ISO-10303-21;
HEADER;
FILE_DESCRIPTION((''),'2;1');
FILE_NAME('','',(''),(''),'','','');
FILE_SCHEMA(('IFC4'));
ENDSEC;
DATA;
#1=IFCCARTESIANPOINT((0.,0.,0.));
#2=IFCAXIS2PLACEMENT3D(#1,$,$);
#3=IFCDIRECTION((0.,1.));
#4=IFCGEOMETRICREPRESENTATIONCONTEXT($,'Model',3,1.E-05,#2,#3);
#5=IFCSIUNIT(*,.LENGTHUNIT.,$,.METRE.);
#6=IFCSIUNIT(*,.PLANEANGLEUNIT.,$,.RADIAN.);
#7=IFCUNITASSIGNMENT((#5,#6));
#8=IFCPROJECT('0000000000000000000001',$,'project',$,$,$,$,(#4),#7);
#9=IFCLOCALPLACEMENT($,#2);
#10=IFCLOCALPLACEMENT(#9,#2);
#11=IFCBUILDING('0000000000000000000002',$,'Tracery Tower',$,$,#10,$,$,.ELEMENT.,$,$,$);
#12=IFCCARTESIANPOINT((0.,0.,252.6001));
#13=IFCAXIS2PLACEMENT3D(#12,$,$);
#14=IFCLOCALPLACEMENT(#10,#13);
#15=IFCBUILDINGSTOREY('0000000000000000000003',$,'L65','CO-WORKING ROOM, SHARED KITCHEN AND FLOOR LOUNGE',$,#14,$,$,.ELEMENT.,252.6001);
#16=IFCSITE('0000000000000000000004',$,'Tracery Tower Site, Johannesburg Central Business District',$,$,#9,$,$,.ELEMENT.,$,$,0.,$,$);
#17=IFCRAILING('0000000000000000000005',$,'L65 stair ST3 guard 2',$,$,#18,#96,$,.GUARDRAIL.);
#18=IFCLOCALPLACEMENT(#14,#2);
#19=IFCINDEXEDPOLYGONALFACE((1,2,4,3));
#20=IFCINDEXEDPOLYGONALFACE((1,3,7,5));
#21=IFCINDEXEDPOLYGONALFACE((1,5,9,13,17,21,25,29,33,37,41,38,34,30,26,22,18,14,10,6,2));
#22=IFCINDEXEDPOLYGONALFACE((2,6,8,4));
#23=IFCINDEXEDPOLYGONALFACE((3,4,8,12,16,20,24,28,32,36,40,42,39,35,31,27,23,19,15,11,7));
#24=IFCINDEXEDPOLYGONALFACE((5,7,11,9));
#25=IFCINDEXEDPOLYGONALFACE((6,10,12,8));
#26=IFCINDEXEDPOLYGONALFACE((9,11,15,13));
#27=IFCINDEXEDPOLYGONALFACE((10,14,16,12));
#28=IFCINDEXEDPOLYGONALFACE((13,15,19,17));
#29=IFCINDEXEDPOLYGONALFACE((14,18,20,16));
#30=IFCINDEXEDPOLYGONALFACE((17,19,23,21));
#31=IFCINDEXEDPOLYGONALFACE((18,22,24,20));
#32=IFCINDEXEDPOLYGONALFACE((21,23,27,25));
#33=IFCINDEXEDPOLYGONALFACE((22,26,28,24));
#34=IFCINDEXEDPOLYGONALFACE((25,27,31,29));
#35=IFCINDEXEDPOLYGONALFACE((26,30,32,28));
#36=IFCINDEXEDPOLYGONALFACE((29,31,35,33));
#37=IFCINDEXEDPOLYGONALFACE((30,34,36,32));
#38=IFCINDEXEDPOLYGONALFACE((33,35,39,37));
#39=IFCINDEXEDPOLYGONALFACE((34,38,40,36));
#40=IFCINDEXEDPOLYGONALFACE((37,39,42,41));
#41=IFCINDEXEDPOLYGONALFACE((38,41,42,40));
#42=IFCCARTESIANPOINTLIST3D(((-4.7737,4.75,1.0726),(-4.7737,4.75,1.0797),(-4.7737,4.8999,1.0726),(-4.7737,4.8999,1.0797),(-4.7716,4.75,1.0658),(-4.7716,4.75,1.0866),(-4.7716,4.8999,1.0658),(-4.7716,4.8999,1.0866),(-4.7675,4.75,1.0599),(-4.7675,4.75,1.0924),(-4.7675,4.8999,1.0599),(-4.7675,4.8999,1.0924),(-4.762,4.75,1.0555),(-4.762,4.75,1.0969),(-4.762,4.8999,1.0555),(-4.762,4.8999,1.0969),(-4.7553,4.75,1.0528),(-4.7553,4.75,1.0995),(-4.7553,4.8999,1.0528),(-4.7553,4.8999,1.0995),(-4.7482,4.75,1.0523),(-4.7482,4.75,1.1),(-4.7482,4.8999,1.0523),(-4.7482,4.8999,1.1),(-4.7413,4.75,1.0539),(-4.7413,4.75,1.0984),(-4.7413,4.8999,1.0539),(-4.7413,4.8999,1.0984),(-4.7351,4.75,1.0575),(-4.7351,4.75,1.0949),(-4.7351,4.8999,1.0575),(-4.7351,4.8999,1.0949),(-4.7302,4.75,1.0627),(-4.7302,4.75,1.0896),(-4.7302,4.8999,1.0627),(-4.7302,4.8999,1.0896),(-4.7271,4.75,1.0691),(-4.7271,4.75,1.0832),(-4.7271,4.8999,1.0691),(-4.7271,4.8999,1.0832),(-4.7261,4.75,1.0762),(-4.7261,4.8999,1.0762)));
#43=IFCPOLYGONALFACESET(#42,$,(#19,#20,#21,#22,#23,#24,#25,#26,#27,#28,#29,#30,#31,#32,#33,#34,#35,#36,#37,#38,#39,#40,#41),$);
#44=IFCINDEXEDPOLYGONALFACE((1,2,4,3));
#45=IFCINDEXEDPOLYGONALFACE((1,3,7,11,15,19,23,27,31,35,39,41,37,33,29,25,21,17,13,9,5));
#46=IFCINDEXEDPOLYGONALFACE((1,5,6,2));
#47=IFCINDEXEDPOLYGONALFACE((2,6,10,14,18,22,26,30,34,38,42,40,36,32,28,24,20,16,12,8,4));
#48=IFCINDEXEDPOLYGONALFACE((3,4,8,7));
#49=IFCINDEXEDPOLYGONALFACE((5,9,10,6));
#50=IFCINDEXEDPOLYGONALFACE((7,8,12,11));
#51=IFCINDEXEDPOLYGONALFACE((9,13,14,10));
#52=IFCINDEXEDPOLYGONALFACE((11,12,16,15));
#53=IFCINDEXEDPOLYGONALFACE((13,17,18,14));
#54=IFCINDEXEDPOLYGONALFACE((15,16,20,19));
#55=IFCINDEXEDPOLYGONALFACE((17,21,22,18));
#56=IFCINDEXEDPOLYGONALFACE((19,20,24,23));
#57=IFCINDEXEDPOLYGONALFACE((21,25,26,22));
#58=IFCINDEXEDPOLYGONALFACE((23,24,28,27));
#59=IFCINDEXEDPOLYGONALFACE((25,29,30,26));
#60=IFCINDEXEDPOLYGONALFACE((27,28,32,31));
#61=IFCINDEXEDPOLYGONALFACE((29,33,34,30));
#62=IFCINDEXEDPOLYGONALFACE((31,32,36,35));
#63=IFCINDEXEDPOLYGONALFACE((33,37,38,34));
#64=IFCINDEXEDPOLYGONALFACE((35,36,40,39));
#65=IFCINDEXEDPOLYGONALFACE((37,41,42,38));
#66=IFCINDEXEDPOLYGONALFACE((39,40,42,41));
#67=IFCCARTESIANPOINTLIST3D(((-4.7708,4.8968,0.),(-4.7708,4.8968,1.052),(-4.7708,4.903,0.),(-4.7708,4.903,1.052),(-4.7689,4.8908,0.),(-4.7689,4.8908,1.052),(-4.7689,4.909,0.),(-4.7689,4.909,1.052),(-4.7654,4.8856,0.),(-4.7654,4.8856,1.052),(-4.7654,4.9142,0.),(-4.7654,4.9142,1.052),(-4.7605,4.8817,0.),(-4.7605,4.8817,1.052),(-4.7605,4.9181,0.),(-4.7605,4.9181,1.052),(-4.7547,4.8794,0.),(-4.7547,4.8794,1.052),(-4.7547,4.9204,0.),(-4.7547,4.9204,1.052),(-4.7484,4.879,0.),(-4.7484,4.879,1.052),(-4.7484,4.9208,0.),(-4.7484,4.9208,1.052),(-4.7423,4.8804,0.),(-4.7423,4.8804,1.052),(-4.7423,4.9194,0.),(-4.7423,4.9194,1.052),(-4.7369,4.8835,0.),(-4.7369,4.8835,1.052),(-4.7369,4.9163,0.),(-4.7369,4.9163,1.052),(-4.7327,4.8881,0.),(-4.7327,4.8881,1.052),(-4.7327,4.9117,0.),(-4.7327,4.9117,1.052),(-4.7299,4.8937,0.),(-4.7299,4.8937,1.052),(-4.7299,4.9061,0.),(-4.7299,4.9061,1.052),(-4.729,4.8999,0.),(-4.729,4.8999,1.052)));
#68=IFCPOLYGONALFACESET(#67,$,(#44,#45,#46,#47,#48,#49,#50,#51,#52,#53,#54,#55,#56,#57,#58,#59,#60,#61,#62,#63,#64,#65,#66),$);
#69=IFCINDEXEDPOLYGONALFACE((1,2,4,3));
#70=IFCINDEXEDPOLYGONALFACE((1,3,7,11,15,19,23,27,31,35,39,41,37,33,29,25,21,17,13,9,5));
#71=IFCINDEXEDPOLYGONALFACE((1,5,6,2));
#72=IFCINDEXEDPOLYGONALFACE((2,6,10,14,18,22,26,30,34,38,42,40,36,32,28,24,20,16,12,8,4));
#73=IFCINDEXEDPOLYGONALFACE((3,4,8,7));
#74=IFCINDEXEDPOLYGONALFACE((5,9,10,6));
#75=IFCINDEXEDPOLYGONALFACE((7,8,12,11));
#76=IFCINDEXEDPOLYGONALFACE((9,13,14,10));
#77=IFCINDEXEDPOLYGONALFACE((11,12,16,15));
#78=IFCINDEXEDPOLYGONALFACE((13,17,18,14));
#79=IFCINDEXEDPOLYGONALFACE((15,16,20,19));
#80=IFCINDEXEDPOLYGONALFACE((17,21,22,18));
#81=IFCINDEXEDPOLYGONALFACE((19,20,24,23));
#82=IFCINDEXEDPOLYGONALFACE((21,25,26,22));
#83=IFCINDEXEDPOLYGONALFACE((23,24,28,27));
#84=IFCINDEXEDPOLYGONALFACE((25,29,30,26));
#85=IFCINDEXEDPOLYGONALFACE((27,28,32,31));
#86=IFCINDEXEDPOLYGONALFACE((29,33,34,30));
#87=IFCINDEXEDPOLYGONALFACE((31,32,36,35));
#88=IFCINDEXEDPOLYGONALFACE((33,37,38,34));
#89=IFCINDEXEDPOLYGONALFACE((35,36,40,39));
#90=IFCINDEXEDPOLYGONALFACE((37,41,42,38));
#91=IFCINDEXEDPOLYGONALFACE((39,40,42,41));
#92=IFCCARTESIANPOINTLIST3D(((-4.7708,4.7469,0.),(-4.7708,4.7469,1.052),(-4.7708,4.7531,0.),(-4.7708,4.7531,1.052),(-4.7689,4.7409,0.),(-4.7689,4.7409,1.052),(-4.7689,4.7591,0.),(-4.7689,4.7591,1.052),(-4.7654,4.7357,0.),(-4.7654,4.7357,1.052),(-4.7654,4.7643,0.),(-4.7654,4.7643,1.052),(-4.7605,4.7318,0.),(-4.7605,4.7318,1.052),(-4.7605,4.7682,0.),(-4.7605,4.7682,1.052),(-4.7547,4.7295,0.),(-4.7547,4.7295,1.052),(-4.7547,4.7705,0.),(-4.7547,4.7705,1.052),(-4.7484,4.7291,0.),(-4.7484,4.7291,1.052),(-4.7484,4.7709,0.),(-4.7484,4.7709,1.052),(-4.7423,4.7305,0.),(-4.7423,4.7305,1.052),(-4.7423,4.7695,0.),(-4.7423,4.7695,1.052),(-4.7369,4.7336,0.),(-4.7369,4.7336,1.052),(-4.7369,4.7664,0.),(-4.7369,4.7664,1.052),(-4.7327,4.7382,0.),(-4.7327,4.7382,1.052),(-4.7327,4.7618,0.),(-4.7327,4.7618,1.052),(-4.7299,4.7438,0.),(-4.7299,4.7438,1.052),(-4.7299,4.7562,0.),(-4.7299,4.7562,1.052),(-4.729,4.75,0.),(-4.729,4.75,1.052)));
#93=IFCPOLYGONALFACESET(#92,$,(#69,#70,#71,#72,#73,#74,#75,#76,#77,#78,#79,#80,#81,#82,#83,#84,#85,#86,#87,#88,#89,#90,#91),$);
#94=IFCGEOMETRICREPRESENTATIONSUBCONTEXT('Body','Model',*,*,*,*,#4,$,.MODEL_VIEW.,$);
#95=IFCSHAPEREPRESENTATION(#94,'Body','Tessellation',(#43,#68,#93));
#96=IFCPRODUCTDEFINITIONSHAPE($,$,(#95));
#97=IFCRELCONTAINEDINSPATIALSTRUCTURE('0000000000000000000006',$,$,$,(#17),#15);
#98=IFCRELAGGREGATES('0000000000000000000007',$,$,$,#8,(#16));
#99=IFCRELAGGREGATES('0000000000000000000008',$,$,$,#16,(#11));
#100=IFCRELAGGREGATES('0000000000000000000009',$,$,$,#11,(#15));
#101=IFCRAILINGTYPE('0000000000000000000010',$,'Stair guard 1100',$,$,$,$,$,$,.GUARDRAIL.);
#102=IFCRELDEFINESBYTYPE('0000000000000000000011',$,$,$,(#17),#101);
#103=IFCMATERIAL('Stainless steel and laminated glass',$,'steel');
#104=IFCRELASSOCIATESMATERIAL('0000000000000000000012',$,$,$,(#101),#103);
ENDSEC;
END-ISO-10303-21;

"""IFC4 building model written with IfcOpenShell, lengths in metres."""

from ifc_helpers import new_model, si_unit, direction, frame, origin, origin_2d, place, context, subcontext, project, spatial, circle, extrude, material, type_object, element, save


model = new_model("IFC4")

# Units and contexts
model_context = context("Model", 3, precision=1e-05, world=origin(), true_north=direction((0.0, 1.0)))
body_context = subcontext(model_context, "Body", "Model", "MODEL_VIEW")
ifc_project = project(units=[si_unit("LENGTHUNIT", "METRE"), si_unit("PLANEANGLEUNIT", "RADIAN")], contexts=[model_context])

# Site, building, storey
site_placement = place(None, origin())
site = spatial("IfcSite", under=ifc_project, at=site_placement, Name="Tracery Tower Site, Johannesburg Central Business District", CompositionType="ELEMENT", RefElevation=0.0)
building_placement = place(site_placement, origin())
building = spatial("IfcBuilding", under=site, at=building_placement, Name="Tracery Tower", CompositionType="ELEMENT")
storey_placement = place(building_placement, frame((0.0, 0.0, 252.6001)))
storey = spatial("IfcBuildingStorey", under=building, at=storey_placement, Name="L65", Description="CO-WORKING ROOM, SHARED KITCHEN AND FLOOR LOUNGE", CompositionType="ELEMENT", Elevation=252.6001)

# Railing
ifc_material_1 = material(Name="Stainless steel and laminated glass", Category="steel")
railing_type_1 = type_object("IfcRailingType", Name="Stair guard 1100", PredefinedType="GUARDRAIL", material=ifc_material_1)
railing_1_placement = place(storey_placement, frame((-4.75, 4.8999, 0.0)))
element("IfcRailing", 1, at=railing_1_placement, inside=storey, type_object=railing_type_1, Name="L65 stair ST3 guard 2", PredefinedType="GUARDRAIL", context=body_context, shape_type="SweptSolid", body=[
    extrude(circle(Radius=0.0239, at=origin_2d()), frame((0.0, 0.0, 1.0762), z_axis=(0.0, -1.0, 0.0), x_axis=(1.0, 0.0, 0.0)), (0.0, 0.0, 1.0), 0.1499),
    extrude(circle(Radius=0.021, at=origin_2d()), origin(), (0.0, 0.0, 1.0), 1.052),
    extrude(circle(Radius=0.021, at=origin_2d()), frame((0.0, -0.1499, 0.0)), (0.0, 0.0, 1.0), 1.052),
])

save(model, "model.ifc")
